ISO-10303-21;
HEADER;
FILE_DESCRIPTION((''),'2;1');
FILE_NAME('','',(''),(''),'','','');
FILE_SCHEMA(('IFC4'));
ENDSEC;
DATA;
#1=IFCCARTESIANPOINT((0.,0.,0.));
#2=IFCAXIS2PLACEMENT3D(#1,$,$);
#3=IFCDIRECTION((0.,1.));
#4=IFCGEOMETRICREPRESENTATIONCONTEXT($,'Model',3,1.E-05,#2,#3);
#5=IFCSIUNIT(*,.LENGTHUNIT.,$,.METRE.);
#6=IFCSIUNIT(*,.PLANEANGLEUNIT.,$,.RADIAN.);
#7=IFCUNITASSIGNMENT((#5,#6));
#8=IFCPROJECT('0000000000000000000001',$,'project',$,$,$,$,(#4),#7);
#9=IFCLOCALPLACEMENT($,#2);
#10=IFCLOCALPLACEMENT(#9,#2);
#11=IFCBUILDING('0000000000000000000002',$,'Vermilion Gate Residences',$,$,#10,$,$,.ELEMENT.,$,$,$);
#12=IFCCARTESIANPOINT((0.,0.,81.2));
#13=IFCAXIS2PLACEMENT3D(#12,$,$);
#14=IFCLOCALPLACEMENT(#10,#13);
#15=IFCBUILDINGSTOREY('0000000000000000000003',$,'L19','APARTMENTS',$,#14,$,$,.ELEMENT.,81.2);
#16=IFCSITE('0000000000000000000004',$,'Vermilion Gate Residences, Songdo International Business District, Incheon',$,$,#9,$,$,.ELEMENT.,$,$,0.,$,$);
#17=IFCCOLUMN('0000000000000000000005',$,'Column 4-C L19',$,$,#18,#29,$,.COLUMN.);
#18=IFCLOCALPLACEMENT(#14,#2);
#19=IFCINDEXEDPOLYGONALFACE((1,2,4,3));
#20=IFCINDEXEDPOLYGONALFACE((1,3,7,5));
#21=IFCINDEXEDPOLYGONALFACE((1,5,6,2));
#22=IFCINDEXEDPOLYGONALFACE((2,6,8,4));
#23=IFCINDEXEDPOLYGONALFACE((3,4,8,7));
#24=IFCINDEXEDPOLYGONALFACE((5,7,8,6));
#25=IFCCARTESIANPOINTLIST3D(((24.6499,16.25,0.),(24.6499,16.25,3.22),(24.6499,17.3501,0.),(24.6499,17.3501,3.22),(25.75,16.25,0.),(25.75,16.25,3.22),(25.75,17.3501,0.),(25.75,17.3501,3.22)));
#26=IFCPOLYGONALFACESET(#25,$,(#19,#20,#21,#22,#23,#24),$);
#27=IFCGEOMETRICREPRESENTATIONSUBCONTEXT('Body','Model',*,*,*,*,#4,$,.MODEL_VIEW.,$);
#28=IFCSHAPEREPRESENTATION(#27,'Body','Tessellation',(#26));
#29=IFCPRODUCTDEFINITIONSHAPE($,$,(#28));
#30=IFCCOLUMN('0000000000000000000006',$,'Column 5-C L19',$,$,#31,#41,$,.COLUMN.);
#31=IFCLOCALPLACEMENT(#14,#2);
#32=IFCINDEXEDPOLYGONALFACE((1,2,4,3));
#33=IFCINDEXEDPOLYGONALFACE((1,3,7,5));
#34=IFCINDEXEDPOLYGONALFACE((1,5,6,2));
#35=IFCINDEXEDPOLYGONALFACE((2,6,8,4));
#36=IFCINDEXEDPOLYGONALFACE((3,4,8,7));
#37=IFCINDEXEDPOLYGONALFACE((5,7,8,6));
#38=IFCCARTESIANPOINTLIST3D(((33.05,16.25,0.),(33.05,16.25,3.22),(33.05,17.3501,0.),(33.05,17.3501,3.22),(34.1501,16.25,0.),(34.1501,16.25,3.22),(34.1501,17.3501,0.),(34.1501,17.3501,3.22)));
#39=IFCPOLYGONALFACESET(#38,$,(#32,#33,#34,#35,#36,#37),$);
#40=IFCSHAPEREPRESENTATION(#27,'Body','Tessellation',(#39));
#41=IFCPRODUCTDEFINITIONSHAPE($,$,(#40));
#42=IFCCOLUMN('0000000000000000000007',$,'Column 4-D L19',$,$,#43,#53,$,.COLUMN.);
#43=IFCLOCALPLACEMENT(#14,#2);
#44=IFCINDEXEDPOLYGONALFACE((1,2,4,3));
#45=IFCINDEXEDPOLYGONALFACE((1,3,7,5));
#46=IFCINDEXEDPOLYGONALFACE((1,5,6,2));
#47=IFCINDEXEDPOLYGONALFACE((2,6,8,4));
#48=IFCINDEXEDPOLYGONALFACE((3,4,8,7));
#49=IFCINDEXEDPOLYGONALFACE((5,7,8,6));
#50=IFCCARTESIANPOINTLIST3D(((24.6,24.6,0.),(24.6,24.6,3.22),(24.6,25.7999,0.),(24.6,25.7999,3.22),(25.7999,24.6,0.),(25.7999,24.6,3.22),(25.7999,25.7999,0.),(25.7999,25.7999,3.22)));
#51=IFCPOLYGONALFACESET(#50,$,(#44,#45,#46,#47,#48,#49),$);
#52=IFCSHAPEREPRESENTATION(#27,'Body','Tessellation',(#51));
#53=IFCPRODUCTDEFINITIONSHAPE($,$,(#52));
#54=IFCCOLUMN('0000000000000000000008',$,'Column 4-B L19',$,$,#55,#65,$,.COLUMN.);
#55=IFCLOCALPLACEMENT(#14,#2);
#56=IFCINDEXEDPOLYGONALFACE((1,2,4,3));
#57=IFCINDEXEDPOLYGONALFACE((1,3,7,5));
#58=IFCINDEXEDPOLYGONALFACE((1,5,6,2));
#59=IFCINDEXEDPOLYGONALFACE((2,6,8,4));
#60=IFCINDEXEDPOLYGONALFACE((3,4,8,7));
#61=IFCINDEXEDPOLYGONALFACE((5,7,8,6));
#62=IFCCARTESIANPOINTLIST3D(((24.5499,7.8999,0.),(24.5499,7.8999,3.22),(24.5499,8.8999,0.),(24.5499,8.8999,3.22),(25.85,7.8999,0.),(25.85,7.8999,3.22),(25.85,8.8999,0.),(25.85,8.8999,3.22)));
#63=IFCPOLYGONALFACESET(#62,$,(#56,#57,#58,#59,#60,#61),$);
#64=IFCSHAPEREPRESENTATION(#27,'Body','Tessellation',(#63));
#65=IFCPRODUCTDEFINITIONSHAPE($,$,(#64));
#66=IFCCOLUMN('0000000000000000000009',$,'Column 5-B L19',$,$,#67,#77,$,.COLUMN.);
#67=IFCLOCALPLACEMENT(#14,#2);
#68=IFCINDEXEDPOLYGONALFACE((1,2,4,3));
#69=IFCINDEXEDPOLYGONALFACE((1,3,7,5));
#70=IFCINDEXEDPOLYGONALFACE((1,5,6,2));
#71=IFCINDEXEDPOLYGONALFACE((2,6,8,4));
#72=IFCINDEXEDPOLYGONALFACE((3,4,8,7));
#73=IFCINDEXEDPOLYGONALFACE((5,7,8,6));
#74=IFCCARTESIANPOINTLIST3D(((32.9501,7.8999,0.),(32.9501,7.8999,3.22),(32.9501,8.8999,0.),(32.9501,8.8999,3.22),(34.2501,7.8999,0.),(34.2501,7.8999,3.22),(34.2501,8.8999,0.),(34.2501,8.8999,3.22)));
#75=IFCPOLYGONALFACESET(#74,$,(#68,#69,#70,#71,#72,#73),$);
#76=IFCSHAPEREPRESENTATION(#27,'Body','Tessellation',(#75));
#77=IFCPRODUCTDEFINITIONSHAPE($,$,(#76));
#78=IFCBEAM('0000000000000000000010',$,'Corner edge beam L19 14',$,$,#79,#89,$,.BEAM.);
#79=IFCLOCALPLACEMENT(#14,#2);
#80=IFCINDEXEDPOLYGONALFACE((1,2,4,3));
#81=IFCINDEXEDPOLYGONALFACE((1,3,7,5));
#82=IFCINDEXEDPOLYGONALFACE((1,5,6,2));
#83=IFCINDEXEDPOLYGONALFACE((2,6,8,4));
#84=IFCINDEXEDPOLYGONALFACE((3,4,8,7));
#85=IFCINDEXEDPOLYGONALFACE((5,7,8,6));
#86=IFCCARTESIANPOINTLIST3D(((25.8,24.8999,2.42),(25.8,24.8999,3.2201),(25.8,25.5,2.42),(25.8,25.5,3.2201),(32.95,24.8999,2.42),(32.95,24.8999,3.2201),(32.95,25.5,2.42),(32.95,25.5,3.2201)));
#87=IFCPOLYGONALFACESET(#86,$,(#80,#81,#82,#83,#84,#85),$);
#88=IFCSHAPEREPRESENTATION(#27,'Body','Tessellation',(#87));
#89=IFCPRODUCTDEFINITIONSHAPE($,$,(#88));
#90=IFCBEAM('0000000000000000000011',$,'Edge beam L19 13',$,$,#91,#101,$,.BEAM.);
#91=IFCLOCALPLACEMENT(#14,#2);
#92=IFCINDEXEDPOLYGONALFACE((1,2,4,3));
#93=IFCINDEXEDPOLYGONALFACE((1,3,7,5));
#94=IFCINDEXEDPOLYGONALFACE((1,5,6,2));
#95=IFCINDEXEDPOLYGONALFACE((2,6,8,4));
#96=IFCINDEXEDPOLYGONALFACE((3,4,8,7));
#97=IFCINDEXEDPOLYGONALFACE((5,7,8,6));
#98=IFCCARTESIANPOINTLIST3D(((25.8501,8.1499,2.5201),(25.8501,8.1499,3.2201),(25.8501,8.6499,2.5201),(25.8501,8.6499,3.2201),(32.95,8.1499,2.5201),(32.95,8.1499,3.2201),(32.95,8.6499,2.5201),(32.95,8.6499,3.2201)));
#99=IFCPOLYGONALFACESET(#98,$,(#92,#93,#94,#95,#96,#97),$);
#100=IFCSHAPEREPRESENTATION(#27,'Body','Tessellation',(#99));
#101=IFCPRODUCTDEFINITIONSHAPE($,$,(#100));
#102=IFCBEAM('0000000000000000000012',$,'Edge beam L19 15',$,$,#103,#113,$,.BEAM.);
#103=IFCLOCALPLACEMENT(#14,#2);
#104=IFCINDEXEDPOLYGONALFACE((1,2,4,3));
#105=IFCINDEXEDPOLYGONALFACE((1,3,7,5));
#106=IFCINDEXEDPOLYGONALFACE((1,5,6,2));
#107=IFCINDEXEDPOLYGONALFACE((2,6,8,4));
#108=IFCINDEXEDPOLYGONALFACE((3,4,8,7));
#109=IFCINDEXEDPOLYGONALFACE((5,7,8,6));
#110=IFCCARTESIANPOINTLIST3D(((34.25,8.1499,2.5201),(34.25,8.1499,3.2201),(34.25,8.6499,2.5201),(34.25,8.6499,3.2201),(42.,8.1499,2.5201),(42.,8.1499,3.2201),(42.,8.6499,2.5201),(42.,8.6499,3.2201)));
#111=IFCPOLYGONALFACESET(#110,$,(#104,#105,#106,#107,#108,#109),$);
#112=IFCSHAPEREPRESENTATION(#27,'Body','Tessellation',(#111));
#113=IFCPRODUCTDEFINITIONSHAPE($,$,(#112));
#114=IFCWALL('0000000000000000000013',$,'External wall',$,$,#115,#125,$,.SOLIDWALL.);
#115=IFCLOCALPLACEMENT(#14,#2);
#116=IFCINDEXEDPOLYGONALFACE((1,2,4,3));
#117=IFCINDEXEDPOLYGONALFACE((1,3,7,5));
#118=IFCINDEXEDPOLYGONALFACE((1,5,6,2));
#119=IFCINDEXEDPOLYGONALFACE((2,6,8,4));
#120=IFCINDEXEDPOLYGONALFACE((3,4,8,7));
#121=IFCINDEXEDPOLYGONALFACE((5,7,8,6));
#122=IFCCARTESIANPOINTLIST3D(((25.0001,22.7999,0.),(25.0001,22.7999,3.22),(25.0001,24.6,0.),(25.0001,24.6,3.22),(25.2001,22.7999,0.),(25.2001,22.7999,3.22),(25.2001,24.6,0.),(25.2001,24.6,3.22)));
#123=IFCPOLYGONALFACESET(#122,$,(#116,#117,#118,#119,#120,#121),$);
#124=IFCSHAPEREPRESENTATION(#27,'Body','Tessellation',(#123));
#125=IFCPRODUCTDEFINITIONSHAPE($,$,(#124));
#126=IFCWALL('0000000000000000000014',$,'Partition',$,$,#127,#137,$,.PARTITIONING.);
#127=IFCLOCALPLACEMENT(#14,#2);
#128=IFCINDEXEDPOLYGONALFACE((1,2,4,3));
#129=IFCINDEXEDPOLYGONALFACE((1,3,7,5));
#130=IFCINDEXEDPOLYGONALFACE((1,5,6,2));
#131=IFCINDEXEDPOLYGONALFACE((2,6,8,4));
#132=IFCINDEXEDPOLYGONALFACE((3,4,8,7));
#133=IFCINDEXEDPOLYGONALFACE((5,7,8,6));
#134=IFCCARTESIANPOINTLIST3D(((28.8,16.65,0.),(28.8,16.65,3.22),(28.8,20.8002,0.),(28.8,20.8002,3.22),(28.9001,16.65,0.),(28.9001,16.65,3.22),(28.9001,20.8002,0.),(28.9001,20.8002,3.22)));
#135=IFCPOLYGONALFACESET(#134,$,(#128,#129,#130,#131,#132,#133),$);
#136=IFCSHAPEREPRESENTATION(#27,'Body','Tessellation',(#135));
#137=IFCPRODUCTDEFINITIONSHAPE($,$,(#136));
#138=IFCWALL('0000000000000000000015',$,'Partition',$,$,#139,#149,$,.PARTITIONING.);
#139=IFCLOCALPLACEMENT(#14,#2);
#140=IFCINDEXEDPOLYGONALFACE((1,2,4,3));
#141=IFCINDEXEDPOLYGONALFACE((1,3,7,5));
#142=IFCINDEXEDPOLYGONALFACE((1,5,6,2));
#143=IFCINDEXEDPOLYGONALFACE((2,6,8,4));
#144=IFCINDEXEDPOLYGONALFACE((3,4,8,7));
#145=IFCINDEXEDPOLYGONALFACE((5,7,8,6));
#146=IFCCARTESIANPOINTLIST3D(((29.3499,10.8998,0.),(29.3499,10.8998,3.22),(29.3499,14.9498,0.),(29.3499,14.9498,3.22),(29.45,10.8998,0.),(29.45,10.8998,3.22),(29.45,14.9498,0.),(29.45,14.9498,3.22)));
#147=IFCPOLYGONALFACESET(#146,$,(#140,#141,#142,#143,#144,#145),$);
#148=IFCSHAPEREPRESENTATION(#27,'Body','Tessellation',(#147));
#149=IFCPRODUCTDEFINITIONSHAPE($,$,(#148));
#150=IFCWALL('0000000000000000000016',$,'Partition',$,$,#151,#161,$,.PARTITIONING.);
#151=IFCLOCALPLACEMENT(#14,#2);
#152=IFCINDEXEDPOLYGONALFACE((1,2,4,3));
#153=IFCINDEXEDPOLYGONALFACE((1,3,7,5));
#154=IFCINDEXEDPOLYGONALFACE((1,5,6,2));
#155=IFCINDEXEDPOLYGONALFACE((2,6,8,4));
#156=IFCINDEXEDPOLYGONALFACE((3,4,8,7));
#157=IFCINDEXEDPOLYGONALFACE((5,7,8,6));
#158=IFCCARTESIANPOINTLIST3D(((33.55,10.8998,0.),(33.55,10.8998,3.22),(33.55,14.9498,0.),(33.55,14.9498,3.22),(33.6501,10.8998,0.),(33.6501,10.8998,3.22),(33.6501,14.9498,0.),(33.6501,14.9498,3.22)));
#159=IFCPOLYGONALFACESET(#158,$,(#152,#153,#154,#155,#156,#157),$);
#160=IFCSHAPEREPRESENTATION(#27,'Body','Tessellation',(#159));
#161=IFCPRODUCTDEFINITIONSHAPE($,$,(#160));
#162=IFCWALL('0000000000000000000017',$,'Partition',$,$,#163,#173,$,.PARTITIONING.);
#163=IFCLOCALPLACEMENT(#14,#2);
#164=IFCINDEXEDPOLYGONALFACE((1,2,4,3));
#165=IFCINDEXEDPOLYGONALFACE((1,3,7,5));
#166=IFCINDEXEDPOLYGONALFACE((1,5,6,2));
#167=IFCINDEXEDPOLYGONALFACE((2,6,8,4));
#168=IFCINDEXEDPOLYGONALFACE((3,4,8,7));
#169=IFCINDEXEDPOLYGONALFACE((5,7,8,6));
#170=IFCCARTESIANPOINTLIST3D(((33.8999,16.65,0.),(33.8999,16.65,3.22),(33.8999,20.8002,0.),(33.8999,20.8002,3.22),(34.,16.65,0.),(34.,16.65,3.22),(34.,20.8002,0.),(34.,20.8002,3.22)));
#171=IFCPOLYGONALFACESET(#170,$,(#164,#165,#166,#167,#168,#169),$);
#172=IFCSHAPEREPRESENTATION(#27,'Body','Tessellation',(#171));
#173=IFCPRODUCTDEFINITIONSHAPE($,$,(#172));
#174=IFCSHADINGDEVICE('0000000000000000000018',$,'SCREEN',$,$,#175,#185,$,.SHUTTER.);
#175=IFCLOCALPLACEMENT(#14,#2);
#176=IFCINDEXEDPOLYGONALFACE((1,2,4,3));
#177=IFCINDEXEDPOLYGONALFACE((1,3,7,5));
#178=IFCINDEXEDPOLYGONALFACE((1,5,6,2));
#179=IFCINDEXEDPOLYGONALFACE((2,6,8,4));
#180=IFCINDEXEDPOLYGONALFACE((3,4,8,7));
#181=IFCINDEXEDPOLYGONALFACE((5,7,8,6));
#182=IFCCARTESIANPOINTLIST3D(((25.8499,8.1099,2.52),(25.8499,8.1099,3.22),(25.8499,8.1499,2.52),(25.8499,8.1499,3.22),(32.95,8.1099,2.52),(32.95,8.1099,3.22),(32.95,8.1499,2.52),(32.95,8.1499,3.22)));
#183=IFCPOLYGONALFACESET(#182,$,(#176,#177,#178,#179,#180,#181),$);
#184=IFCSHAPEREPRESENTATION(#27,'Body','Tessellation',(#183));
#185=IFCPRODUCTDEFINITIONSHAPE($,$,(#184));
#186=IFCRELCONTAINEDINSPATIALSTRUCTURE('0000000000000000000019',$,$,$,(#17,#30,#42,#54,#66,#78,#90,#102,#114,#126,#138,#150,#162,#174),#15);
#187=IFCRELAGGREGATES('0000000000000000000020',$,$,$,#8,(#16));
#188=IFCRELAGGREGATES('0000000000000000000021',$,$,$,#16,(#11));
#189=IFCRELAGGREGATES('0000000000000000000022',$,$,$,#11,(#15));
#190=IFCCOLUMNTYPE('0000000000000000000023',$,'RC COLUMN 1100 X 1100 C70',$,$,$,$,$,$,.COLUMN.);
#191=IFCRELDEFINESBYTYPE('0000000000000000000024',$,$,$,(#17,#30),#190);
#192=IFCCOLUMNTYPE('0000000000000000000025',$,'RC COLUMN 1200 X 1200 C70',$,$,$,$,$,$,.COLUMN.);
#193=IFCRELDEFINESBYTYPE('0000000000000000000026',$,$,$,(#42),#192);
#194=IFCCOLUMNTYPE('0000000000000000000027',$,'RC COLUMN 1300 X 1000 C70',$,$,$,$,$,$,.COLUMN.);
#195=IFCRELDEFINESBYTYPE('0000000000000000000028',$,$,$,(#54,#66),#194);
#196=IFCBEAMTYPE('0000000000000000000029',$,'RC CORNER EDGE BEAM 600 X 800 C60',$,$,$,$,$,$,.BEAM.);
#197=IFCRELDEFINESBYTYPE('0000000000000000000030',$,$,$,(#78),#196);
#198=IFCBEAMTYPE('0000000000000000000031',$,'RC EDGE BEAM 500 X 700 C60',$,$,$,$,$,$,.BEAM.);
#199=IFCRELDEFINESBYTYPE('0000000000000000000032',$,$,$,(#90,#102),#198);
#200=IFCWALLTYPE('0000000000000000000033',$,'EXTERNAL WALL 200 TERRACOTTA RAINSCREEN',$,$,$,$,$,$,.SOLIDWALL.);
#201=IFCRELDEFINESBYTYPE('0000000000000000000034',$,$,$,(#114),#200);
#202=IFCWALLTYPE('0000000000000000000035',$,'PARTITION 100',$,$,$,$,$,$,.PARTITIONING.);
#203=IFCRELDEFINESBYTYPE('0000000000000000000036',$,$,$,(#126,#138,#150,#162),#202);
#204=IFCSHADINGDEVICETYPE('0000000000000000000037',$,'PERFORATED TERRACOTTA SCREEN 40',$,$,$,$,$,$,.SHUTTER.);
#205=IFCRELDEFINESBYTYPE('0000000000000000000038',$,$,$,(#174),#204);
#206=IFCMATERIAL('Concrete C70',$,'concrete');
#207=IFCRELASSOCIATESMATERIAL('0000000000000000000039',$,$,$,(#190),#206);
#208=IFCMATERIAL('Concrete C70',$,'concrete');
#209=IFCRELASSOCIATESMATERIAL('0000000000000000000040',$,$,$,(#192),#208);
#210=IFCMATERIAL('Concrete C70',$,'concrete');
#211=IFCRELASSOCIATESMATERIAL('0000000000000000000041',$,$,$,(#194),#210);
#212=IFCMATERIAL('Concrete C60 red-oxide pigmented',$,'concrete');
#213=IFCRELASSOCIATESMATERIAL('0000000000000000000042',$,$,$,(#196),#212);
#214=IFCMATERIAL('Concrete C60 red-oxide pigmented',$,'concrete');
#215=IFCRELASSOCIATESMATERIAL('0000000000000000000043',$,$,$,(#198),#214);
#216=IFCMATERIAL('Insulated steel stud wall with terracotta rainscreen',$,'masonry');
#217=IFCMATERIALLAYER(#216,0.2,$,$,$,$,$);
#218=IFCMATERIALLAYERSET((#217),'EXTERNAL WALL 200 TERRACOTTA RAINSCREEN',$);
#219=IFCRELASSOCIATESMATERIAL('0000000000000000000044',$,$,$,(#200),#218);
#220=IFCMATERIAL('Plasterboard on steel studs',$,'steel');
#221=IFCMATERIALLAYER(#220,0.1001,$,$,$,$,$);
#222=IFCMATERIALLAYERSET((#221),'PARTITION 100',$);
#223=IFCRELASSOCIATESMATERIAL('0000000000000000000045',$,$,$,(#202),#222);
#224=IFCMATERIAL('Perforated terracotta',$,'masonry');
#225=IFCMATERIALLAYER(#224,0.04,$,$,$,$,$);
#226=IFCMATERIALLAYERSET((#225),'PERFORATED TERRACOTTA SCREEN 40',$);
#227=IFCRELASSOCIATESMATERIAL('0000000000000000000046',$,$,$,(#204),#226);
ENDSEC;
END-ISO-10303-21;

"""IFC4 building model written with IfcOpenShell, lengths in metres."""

from ifc_helpers import new_model, si_unit, direction, frame, frame_2d, origin, origin_2d, place, context, subcontext, project, spatial, rectangle, extrude, material, layer, layer_set, material_profile, profile_set, type_object, element, save


model = new_model("IFC4")

# Units and contexts
model_context = context("Model", 3, precision=1e-05, world=origin(), true_north=direction((0.0, 1.0)))
body_context = subcontext(model_context, "Body", "Model", "MODEL_VIEW")
ifc_project = project(units=[si_unit("LENGTHUNIT", "METRE"), si_unit("PLANEANGLEUNIT", "RADIAN")], contexts=[model_context])

# Site, building, storey
site_placement = place(None, origin())
site = spatial("IfcSite", under=ifc_project, at=site_placement, Name="Vermilion Gate Residences, Songdo International Business District, Incheon", CompositionType="ELEMENT", RefElevation=0.0)
building_placement = place(site_placement, origin())
building = spatial("IfcBuilding", under=site, at=building_placement, Name="Vermilion Gate Residences", CompositionType="ELEMENT")
storey_placement = place(building_placement, frame((0.0, 0.0, 81.2)))
storey = spatial("IfcBuildingStorey", under=building, at=storey_placement, Name="L19", Description="APARTMENTS", CompositionType="ELEMENT", Elevation=81.2)

# Columns
ifc_material_1 = material(Name="Concrete C70", Category="concrete")
ifc_material_profile_1 = material_profile(ifc_material_1, rectangle(XDim=1.1001, YDim=1.1001, at=origin_2d()), Name="RC-1100x1100")
ifc_profile_set_1 = profile_set([ifc_material_profile_1], Name="Concrete C70")
column_type_1 = type_object("IfcColumnType", Name="RC COLUMN 1100 X 1100 C70", PredefinedType="COLUMN", material=ifc_profile_set_1)
for number, where, z_axis, x_axis, name in (
    (1, (25.2, 16.8, 0.0), (0.0, 0.0, 1.0), (1.0, 0.0, 0.0), "Column 4-C L19"),
    (2, (33.6001, 16.8, 0.0), (0.0, 0.0, 1.0), (1.0, 0.0, 0.0), "Column 5-C L19"),
):
    element("IfcColumn", number, at=place(storey_placement, frame(where, z_axis=z_axis, x_axis=x_axis)), inside=storey, type_object=column_type_1, Name=name, PredefinedType="COLUMN", context=body_context, shape_type="SweptSolid", body=[
        extrude(rectangle(XDim=1.1001, YDim=1.1001, at=origin_2d()), origin(), (0.0, 0.0, 1.0), 3.22),
    ])
ifc_material_2 = material(Name="Concrete C70", Category="concrete")
ifc_material_profile_2 = material_profile(ifc_material_2, rectangle(XDim=1.2, YDim=1.2, at=origin_2d()), Name="RC-1200x1200")
ifc_profile_set_2 = profile_set([ifc_material_profile_2], Name="Concrete C70")
column_type_2 = type_object("IfcColumnType", Name="RC COLUMN 1200 X 1200 C70", PredefinedType="COLUMN", material=ifc_profile_set_2)
column_placement = place(storey_placement, frame((25.2, 25.2, 0.0), z_axis=(0.0, 0.0, 1.0), x_axis=(1.0, 0.0, 0.0)))
element("IfcColumn", 3, at=column_placement, inside=storey, type_object=column_type_2, Name="Column 4-D L19", PredefinedType="COLUMN", context=body_context, shape_type="SweptSolid", body=[
    extrude(rectangle(XDim=1.2, YDim=1.2, at=origin_2d()), origin(), (0.0, 0.0, 1.0), 3.22),
])
ifc_material_3 = material(Name="Concrete C70", Category="concrete")
ifc_material_profile_3 = material_profile(ifc_material_3, rectangle(XDim=1.3, YDim=1.0, at=origin_2d()), Name="RC-1300x1000")
ifc_profile_set_3 = profile_set([ifc_material_profile_3], Name="Concrete C70")
column_type_3 = type_object("IfcColumnType", Name="RC COLUMN 1300 X 1000 C70", PredefinedType="COLUMN", material=ifc_profile_set_3)
for number, where, z_axis, x_axis, name in (
    (4, (25.2, 8.3999, 0.0), (0.0, 0.0, 1.0), (1.0, 0.0, 0.0), "Column 4-B L19"),
    (5, (33.6001, 8.3999, 0.0), (0.0, 0.0, 1.0), (1.0, 0.0, 0.0), "Column 5-B L19"),
):
    element("IfcColumn", number, at=place(storey_placement, frame(where, z_axis=z_axis, x_axis=x_axis)), inside=storey, type_object=column_type_3, Name=name, PredefinedType="COLUMN", context=body_context, shape_type="SweptSolid", body=[
        extrude(rectangle(XDim=1.3, YDim=1.0, at=origin_2d()), origin(), (0.0, 0.0, 1.0), 3.22),
    ])

# Beams
ifc_material_4 = material(Name="Concrete C60 red-oxide pigmented", Category="concrete")
ifc_material_profile_4 = material_profile(ifc_material_4, rectangle(XDim=0.6001, YDim=0.8, at=origin_2d()), Name="RC-600x800")
ifc_profile_set_4 = profile_set([ifc_material_profile_4], Name="Concrete C60 red-oxide pigmented")
beam_type_1 = type_object("IfcBeamType", Name="RC CORNER EDGE BEAM 600 X 800 C60", PredefinedType="BEAM", material=ifc_profile_set_4)
beam_1_placement = place(storey_placement, frame((25.8, 25.2, 2.8201), z_axis=(1.0, 0.0, 0.0), x_axis=(0.0, 1.0, 0.0)))
element("IfcBeam", 6, at=beam_1_placement, inside=storey, type_object=beam_type_1, Name="Corner edge beam L19 14", PredefinedType="BEAM", context=body_context, shape_type="SweptSolid", body=[
    extrude(rectangle(XDim=0.6001, YDim=0.8, at=origin_2d()), origin(), (0.0, 0.0, 1.0), 7.1499),
])
ifc_material_5 = material(Name="Concrete C60 red-oxide pigmented", Category="concrete")
ifc_material_profile_5 = material_profile(ifc_material_5, rectangle(XDim=0.5, YDim=0.7, at=origin_2d()), Name="RC-500x700")
ifc_profile_set_5 = profile_set([ifc_material_profile_5], Name="Concrete C60 red-oxide pigmented")
beam_type_2 = type_object("IfcBeamType", Name="RC EDGE BEAM 500 X 700 C60", PredefinedType="BEAM", material=ifc_profile_set_5)
beam_2_placement = place(storey_placement, frame((25.8501, 8.3999, 2.8701), z_axis=(1.0, 0.0, 0.0), x_axis=(0.0, 1.0, 0.0)))
element("IfcBeam", 7, at=beam_2_placement, inside=storey, type_object=beam_type_2, Name="Edge beam L19 13", PredefinedType="BEAM", context=body_context, shape_type="SweptSolid", body=[
    extrude(rectangle(XDim=0.5, YDim=0.7, at=origin_2d()), origin(), (0.0, 0.0, 1.0), 7.0999),
])
beam_3_placement = place(storey_placement, frame((34.25, 8.3999, 2.8701), z_axis=(1.0, 0.0, 0.0), x_axis=(0.0, 1.0, 0.0)))
element("IfcBeam", 8, at=beam_3_placement, inside=storey, type_object=beam_type_2, Name="Edge beam L19 15", PredefinedType="BEAM", context=body_context, shape_type="SweptSolid", body=[
    extrude(rectangle(XDim=0.5, YDim=0.7, at=origin_2d()), origin(), (0.0, 0.0, 1.0), 7.75),
])

# Walls
ifc_material_6 = material(Name="Insulated steel stud wall with terracotta rainscreen", Category="masonry")
ifc_layer_1 = layer(ifc_material_6, 0.2)
ifc_layer_set_1 = layer_set([ifc_layer_1], Name="EXTERNAL WALL 200 TERRACOTTA RAINSCREEN")
wall_type_1 = type_object("IfcWallType", Name="EXTERNAL WALL 200 TERRACOTTA RAINSCREEN", PredefinedType="SOLIDWALL", material=ifc_layer_set_1)
wall_1_placement = place(storey_placement, frame((25.1001, 22.8, 0.0), z_axis=(0.0, 0.0, 1.0), x_axis=(0.0, 1.0, 0.0)))
element("IfcWall", 9, at=wall_1_placement, inside=storey, type_object=wall_type_1, Name="External wall", PredefinedType="SOLIDWALL", context=body_context, shape_type="SweptSolid", body=[
    extrude(rectangle(XDim=1.8, YDim=0.2, at=frame_2d((0.8999, 0.0))), origin(), (0.0, 0.0, 1.0), 3.22),
])
ifc_material_7 = material(Name="Plasterboard on steel studs", Category="steel")
ifc_layer_2 = layer(ifc_material_7, 0.1001)
ifc_layer_set_2 = layer_set([ifc_layer_2], Name="PARTITION 100")
wall_type_2 = type_object("IfcWallType", Name="PARTITION 100", PredefinedType="PARTITIONING", material=ifc_layer_set_2)
wall_2_placement = place(storey_placement, frame((28.8501, 16.6499, 0.0), z_axis=(0.0, 0.0, 1.0), x_axis=(0.0, 1.0, 0.0)))
element("IfcWall", 10, at=wall_2_placement, inside=storey, type_object=wall_type_2, Name="Partition", PredefinedType="PARTITIONING", context=body_context, shape_type="SweptSolid", body=[
    extrude(rectangle(XDim=4.1501, YDim=0.1001, at=frame_2d((2.0752, 0.0))), origin(), (0.0, 0.0, 1.0), 3.22),
])
for number, where, z_axis, x_axis, name in (
    (11, (29.3999, 10.8999, 0.0), (0.0, 0.0, 1.0), (0.0, 1.0, 0.0), "Partition"),
    (12, (33.6001, 10.8999, 0.0), (0.0, 0.0, 1.0), (0.0, 1.0, 0.0), "Partition"),
):
    element("IfcWall", number, at=place(storey_placement, frame(where, z_axis=z_axis, x_axis=x_axis)), inside=storey, type_object=wall_type_2, Name=name, PredefinedType="PARTITIONING", context=body_context, shape_type="SweptSolid", body=[
        extrude(rectangle(XDim=4.05, YDim=0.1001, at=frame_2d((2.0249, 0.0))), origin(), (0.0, 0.0, 1.0), 3.22),
    ])
wall_3_placement = place(storey_placement, frame((33.95, 16.6499, 0.0), z_axis=(0.0, 0.0, 1.0), x_axis=(0.0, 1.0, 0.0)))
element("IfcWall", 13, at=wall_3_placement, inside=storey, type_object=wall_type_2, Name="Partition", PredefinedType="PARTITIONING", context=body_context, shape_type="SweptSolid", body=[
    extrude(rectangle(XDim=4.1501, YDim=0.1001, at=frame_2d((2.0752, 0.0))), origin(), (0.0, 0.0, 1.0), 3.22),
])

# Shading device
ifc_material_8 = material(Name="Perforated terracotta", Category="masonry")
ifc_layer_3 = layer(ifc_material_8, 0.04)
ifc_layer_set_3 = layer_set([ifc_layer_3], Name="PERFORATED TERRACOTTA SCREEN 40")
shading_device_type_1 = type_object("IfcShadingDeviceType", Name="PERFORATED TERRACOTTA SCREEN 40", PredefinedType="SHUTTER", material=ifc_layer_set_3)
shading_device_1_placement = place(storey_placement, frame((29.3999, 8.1299, 2.52), z_axis=(0.0, 0.0, 1.0), x_axis=(1.0, 0.0, 0.0)))
element("IfcShadingDevice", 14, at=shading_device_1_placement, inside=storey, type_object=shading_device_type_1, Name="SCREEN", PredefinedType="SHUTTER", context=body_context, shape_type="SweptSolid", body=[
    extrude(rectangle(XDim=7.1001, YDim=0.04, at=origin_2d()), origin(), (0.0, 0.0, 1.0), 0.7),
])

save(model, "model.ifc")
